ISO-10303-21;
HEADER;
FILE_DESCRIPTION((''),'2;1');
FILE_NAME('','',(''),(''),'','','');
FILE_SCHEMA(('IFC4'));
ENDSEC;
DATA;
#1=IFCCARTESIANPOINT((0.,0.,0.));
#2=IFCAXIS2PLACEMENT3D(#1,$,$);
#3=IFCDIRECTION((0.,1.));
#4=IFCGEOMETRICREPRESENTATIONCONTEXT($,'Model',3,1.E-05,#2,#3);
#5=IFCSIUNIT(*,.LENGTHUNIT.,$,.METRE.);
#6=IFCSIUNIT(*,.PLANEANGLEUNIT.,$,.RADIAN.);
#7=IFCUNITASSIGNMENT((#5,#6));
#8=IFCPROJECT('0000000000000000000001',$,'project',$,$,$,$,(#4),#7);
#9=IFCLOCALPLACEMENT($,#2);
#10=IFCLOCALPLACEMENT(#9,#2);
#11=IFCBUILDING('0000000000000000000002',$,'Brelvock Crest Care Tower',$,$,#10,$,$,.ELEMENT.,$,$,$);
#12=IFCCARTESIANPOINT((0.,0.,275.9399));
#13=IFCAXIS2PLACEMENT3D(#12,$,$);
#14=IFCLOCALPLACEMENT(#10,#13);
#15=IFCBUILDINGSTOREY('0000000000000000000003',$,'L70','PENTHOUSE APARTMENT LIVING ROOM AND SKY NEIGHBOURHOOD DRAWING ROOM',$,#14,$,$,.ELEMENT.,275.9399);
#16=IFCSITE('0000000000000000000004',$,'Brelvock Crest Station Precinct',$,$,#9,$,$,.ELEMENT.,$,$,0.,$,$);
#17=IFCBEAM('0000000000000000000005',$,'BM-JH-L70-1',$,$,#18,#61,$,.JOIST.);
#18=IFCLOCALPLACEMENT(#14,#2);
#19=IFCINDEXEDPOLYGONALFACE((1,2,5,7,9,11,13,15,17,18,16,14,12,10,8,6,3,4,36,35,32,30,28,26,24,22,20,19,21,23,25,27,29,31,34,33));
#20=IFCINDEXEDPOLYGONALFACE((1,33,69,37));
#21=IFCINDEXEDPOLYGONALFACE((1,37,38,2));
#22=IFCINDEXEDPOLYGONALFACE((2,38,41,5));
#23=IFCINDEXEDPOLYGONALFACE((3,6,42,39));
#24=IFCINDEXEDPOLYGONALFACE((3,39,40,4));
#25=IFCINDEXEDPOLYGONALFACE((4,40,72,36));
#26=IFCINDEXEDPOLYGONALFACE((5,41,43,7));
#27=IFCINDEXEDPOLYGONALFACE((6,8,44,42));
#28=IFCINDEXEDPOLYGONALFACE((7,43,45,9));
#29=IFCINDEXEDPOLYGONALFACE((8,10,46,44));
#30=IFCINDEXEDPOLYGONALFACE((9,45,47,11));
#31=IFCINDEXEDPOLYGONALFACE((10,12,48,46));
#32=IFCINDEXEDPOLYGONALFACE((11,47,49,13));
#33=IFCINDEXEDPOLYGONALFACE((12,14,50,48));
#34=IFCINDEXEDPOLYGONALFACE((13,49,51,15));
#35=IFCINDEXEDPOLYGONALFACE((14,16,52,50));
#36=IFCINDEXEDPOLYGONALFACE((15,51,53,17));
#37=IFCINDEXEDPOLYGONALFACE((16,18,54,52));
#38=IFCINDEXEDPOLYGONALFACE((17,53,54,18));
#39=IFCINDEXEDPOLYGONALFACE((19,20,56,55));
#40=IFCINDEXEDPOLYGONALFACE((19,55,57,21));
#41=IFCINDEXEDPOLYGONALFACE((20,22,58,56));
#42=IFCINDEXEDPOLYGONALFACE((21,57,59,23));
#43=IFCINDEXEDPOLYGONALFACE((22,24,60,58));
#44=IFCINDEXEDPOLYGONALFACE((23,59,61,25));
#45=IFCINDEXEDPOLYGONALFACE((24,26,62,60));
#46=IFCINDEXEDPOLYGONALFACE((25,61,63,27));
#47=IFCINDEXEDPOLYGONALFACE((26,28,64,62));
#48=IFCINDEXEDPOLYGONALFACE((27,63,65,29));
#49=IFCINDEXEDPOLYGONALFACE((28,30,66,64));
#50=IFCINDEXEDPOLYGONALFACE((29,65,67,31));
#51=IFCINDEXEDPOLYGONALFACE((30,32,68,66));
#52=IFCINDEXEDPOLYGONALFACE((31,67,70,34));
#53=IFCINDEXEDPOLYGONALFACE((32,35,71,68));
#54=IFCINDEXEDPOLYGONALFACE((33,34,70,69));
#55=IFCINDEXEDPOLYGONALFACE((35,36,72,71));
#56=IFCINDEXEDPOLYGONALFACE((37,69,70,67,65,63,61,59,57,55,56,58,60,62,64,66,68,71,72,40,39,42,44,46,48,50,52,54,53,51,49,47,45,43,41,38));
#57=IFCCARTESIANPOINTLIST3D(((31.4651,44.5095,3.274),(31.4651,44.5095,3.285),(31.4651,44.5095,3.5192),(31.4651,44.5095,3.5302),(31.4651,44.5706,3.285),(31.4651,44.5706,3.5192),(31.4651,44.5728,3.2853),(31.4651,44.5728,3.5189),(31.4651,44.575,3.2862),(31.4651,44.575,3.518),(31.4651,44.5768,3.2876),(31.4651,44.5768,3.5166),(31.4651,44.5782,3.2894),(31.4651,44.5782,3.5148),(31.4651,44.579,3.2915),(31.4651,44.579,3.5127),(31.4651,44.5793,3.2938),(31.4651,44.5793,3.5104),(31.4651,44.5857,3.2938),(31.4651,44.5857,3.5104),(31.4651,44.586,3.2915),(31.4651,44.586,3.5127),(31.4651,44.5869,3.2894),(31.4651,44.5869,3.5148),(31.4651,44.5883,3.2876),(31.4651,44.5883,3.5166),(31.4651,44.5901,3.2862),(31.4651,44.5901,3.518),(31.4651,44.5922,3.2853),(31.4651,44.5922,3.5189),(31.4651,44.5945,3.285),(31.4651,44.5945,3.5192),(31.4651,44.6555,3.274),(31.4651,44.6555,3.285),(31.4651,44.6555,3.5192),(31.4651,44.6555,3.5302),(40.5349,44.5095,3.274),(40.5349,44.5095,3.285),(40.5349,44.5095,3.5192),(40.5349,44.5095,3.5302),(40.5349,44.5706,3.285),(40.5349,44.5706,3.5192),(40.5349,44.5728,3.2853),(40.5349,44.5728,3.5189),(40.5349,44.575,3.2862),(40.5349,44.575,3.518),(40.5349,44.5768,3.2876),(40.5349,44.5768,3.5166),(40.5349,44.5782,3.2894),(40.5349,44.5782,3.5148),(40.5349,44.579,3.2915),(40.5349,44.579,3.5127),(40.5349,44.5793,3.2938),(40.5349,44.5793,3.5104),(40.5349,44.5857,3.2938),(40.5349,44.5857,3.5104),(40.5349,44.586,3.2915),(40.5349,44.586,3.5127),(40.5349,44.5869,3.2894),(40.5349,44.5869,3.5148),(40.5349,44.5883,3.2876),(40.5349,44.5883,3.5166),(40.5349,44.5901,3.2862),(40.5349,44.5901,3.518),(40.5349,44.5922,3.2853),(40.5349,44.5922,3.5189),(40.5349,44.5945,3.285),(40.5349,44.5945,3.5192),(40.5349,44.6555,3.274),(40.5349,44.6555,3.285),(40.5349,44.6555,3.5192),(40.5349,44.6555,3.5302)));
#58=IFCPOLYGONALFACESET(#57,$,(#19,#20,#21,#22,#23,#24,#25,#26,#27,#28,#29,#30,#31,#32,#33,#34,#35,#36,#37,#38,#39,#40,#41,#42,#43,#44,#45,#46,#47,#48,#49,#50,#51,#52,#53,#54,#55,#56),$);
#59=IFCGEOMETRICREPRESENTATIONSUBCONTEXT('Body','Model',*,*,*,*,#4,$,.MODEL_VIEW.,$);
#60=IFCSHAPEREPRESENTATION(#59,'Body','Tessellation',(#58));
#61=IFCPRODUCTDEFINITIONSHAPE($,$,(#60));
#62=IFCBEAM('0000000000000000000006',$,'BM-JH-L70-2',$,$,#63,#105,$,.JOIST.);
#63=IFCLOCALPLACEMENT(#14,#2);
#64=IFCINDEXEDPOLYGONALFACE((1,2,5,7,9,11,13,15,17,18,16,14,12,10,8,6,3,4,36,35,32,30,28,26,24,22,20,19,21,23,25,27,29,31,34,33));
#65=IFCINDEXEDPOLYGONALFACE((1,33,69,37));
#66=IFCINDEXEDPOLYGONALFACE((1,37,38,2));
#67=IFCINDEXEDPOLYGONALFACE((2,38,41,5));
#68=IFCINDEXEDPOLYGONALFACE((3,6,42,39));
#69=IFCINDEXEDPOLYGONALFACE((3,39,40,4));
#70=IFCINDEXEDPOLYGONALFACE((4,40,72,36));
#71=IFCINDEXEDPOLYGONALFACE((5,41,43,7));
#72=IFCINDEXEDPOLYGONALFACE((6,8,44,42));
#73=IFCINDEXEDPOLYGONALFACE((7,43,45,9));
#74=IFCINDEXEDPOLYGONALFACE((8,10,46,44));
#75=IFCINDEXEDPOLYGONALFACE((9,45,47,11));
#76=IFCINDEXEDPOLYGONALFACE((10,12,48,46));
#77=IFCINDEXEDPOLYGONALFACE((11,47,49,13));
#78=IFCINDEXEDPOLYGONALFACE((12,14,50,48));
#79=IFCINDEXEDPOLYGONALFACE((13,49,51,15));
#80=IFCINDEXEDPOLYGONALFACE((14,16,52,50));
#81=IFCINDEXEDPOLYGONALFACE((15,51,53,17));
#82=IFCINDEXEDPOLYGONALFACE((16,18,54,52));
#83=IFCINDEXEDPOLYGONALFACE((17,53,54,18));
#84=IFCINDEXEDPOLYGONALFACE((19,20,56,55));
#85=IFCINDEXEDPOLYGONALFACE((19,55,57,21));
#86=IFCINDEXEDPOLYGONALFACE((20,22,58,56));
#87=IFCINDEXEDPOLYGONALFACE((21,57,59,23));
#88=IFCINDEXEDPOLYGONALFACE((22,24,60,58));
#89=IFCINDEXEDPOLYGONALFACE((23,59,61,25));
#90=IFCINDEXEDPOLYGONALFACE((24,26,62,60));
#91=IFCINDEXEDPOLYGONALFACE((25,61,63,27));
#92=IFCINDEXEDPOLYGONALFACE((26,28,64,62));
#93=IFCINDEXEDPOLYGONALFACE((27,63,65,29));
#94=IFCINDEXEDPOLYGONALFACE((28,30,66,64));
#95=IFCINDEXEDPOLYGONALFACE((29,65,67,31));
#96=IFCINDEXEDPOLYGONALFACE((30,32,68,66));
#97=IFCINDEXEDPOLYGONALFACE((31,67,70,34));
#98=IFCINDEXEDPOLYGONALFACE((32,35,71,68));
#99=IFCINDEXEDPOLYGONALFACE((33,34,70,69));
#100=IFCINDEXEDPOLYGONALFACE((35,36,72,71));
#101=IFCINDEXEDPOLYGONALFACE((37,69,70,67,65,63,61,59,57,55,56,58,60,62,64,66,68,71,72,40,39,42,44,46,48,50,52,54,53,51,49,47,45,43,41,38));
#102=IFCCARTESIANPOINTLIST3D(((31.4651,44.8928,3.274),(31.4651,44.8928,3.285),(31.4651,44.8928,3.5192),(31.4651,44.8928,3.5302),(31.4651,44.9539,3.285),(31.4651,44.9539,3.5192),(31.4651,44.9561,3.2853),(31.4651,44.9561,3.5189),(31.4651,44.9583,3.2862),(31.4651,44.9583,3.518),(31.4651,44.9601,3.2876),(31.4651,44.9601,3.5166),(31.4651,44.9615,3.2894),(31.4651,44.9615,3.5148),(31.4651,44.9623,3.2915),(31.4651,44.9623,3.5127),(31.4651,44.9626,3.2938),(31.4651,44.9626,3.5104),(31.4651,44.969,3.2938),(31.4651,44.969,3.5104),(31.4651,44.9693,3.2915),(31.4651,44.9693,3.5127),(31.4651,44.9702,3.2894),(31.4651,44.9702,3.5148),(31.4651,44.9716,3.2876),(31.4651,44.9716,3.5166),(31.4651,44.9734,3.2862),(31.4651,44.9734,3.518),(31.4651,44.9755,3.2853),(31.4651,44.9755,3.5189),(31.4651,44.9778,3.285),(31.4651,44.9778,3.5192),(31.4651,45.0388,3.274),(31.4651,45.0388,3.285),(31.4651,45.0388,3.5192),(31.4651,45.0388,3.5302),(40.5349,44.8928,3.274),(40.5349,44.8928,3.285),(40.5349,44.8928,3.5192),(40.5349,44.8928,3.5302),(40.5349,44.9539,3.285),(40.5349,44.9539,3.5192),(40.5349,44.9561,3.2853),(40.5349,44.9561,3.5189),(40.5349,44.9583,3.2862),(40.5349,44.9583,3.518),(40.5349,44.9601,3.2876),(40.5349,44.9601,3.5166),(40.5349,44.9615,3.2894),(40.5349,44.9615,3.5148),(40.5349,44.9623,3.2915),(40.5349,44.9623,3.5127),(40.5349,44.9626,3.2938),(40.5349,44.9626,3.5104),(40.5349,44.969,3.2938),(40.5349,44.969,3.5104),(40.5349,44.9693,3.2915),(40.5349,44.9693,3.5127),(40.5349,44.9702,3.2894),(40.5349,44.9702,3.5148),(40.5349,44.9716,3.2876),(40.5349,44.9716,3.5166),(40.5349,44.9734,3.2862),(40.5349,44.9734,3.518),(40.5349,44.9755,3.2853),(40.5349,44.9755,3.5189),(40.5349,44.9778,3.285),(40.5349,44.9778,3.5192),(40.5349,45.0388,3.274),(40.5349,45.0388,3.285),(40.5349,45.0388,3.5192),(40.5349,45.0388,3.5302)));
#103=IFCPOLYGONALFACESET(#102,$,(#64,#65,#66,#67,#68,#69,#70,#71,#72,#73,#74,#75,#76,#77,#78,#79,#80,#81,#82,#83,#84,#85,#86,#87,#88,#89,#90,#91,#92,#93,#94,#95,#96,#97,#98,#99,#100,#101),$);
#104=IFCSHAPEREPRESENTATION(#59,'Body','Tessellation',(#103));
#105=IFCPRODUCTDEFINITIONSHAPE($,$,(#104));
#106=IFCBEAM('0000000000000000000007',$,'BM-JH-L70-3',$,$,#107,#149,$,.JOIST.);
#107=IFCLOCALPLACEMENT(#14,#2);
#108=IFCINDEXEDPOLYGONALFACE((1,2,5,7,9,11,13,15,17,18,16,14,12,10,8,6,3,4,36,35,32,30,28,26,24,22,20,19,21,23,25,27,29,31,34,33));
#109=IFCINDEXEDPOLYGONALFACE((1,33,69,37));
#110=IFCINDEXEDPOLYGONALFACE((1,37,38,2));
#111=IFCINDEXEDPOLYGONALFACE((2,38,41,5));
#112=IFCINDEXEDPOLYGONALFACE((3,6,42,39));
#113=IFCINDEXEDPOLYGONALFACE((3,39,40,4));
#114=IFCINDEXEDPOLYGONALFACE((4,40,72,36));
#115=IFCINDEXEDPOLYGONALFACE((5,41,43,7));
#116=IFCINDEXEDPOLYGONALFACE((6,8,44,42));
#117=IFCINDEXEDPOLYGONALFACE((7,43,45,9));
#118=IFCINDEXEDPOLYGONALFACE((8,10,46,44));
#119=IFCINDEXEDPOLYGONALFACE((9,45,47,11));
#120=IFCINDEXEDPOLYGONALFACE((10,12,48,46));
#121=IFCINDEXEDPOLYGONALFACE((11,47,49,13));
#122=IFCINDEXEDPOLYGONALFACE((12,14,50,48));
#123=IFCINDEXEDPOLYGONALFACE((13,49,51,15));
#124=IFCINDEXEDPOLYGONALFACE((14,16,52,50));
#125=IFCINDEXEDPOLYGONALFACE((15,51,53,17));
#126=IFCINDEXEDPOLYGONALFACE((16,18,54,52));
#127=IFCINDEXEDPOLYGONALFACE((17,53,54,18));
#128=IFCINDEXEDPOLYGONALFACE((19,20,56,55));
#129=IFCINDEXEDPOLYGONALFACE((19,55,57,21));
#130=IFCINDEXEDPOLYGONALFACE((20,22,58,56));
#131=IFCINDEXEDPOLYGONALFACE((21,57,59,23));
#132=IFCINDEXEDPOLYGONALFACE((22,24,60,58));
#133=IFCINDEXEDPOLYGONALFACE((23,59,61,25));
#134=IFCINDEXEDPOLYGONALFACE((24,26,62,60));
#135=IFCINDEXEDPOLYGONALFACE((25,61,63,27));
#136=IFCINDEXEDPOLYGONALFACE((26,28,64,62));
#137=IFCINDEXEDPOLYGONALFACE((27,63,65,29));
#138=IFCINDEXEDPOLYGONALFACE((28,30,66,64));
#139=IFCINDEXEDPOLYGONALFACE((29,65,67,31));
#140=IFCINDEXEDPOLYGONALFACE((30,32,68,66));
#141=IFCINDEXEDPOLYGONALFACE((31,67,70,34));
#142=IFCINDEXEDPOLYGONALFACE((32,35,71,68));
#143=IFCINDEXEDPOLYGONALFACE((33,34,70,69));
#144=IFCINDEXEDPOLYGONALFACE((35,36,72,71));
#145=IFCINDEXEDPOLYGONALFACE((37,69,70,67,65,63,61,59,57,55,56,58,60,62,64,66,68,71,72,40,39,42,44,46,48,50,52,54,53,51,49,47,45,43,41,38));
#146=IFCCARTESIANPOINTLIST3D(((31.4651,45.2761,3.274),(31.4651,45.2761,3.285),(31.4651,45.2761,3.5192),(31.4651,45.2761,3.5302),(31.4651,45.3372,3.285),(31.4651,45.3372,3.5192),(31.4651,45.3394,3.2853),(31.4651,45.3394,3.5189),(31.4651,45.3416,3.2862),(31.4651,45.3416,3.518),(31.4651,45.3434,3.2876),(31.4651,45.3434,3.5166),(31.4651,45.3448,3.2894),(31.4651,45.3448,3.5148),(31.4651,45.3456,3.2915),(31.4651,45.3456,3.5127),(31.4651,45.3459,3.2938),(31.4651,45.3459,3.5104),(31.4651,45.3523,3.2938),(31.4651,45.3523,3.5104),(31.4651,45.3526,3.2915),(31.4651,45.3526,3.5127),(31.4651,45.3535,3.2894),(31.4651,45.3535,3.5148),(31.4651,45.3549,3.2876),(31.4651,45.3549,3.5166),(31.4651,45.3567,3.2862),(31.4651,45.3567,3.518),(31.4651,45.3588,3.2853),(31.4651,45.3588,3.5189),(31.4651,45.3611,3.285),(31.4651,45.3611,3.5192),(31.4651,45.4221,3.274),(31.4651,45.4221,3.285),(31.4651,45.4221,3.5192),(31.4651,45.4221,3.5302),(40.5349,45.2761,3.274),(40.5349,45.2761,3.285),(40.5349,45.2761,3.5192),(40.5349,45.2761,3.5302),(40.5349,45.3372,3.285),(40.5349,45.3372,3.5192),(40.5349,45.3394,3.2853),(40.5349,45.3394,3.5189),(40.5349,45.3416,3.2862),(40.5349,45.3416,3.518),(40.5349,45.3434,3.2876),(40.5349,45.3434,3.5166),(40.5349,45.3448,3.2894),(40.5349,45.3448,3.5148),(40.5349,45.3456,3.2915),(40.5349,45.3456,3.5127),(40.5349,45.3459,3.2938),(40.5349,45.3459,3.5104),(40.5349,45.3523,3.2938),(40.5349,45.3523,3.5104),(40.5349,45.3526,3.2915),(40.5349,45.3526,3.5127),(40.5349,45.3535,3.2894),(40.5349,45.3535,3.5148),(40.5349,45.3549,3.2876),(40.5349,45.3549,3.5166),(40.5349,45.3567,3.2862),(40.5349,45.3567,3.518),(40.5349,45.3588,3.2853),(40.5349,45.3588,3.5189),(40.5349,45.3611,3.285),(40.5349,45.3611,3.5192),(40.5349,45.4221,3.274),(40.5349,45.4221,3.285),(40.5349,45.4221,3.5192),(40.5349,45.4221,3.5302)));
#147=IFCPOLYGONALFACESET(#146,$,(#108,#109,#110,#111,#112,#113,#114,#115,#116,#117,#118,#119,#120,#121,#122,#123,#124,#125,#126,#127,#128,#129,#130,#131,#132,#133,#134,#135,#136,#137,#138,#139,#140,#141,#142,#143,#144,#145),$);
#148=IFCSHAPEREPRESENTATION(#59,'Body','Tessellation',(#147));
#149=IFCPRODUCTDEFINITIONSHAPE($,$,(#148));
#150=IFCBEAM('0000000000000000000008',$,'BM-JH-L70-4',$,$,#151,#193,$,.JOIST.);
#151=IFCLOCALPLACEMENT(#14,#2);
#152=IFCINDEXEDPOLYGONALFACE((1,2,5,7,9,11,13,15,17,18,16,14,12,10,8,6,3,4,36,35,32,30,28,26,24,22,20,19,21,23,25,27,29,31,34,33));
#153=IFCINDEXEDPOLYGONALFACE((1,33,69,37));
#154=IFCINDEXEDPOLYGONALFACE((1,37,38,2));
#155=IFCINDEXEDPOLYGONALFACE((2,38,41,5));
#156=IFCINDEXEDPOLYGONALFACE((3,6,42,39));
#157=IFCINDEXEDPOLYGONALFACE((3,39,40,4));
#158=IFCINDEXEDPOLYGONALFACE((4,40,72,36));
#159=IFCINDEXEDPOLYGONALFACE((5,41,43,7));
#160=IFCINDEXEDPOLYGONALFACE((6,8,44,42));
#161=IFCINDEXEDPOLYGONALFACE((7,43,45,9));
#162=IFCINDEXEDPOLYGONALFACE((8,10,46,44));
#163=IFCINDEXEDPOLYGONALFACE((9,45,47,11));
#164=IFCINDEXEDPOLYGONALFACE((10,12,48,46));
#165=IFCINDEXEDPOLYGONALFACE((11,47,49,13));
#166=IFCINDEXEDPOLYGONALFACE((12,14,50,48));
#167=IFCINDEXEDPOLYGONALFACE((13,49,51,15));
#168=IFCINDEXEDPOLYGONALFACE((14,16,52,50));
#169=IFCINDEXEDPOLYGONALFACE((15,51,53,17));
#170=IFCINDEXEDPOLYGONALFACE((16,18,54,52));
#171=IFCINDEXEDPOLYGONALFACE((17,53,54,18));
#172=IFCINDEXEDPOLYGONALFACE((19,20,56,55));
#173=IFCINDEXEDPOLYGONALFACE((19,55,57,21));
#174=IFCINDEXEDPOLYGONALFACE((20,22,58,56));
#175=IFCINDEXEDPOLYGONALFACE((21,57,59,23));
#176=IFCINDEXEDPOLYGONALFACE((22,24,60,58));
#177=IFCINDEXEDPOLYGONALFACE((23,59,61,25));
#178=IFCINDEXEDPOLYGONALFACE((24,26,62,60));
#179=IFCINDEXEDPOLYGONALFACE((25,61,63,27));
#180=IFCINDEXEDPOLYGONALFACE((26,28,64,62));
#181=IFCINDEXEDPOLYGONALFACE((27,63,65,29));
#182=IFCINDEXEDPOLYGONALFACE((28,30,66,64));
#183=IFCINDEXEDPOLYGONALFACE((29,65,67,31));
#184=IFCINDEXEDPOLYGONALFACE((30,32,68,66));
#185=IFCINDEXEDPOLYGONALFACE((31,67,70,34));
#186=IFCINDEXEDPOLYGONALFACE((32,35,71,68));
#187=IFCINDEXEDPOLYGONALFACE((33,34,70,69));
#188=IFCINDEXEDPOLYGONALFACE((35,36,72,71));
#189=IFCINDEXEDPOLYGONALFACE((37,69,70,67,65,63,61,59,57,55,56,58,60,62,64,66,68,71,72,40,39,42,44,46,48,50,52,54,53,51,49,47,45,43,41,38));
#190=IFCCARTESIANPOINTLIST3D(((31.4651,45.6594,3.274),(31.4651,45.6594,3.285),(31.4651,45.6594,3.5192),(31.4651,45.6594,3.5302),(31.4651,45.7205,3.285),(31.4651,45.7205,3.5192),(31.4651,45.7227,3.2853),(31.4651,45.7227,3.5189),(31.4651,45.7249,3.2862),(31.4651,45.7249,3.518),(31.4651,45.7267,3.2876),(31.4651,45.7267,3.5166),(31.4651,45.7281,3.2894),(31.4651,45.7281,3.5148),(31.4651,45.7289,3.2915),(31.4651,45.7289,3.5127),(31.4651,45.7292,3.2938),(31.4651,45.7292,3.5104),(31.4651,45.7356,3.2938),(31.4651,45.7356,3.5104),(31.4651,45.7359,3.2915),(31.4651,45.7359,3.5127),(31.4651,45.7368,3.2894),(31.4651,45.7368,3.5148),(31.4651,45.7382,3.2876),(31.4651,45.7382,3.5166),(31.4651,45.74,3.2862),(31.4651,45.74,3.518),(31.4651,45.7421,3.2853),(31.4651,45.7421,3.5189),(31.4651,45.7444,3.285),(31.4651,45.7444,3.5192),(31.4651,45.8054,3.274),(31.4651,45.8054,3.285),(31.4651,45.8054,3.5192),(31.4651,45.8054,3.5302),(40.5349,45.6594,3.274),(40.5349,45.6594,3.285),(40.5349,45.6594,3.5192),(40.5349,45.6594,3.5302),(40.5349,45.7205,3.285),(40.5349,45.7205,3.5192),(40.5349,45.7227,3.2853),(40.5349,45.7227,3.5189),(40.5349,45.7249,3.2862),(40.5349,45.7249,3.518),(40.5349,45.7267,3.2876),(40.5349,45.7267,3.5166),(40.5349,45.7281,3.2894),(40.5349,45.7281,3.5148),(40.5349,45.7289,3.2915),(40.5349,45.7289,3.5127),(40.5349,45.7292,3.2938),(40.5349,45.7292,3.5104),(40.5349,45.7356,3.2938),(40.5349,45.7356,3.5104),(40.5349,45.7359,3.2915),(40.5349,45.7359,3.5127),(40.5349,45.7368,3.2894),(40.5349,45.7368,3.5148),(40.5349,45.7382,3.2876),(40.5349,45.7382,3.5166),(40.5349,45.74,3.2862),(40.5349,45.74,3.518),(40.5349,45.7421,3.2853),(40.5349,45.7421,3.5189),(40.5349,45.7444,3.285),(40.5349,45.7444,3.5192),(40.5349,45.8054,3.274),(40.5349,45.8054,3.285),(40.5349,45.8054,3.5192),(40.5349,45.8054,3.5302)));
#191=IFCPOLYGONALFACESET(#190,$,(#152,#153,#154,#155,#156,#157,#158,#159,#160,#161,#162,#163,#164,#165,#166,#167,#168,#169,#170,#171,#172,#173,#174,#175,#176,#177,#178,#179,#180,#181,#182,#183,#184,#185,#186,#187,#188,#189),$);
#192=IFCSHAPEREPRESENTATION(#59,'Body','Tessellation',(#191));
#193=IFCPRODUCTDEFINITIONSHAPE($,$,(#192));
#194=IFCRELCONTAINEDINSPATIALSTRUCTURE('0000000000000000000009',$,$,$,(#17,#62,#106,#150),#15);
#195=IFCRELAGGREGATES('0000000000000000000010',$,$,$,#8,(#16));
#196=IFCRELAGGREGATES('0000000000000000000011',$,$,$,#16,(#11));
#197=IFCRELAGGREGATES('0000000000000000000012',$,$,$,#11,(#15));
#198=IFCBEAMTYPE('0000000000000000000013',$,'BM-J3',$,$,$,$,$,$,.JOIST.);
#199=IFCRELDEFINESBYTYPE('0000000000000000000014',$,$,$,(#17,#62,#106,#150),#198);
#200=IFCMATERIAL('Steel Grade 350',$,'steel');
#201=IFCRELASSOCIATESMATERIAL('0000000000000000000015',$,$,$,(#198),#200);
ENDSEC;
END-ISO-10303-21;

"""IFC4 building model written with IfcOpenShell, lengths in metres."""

from ifc_helpers import new_model, si_unit, direction, frame, origin, origin_2d, place, context, subcontext, project, spatial, i_section, extrude, source, transform, mapped, material, material_profile, profile_set, type_object, element, save


model = new_model("IFC4")

# Units and contexts
model_context = context("Model", 3, precision=1e-05, world=origin(), true_north=direction((0.0, 1.0)))
body_context = subcontext(model_context, "Body", "Model", "MODEL_VIEW")
ifc_project = project(units=[si_unit("LENGTHUNIT", "METRE"), si_unit("PLANEANGLEUNIT", "RADIAN")], contexts=[model_context])

# Site, building, storey
site_placement = place(None, origin())
site = spatial("IfcSite", under=ifc_project, at=site_placement, Name="Brelvock Crest Station Precinct", CompositionType="ELEMENT", RefElevation=0.0)
building_placement = place(site_placement, origin())
building = spatial("IfcBuilding", under=site, at=building_placement, Name="Brelvock Crest Care Tower", CompositionType="ELEMENT")
storey_placement = place(building_placement, frame((0.0, 0.0, 275.9399)))
storey = spatial("IfcBuildingStorey", under=building, at=storey_placement, Name="L70", Description="PENTHOUSE APARTMENT LIVING ROOM AND SKY NEIGHBOURHOOD DRAWING ROOM", CompositionType="ELEMENT", Elevation=275.9399)

# Beams
ifc_material_1 = material(Name="Steel Grade 350", Category="steel")
ifc_material_profile_1 = material_profile(ifc_material_1, i_section(OverallWidth=0.146, OverallDepth=0.2561, WebThickness=0.0063, FlangeThickness=0.011, FilletRadius=0.0088, at=origin_2d()), Name="250UB37.3")
ifc_profile_set_1 = profile_set([ifc_material_profile_1], Name="Steel Grade 350")
beam_type_1 = type_object("IfcBeamType", Name="BM-J3", PredefinedType="JOIST", material=ifc_profile_set_1)
shared_shape_1 = source(origin(), body_context, "Body", "SweptSolid", [
    extrude(i_section(OverallWidth=0.146, OverallDepth=0.2561, WebThickness=0.0063, FlangeThickness=0.011, FilletRadius=0.0088, at=origin_2d()), origin(), (0.0, 0.0, 1.0), 9.0698),
])
for number, where, z_axis, x_axis, name in (
    (1, (31.4651, 44.5825, 3.4021), (1.0, 0.0, 0.0), (0.0, 1.0, 0.0), "BM-JH-L70-1"),
    (2, (31.4651, 44.9658, 3.4021), (1.0, 0.0, 0.0), (0.0, 1.0, 0.0), "BM-JH-L70-2"),
    (3, (31.4651, 45.3491, 3.4021), (1.0, 0.0, 0.0), (0.0, 1.0, 0.0), "BM-JH-L70-3"),
    (4, (31.4651, 45.7324, 3.4021), (1.0, 0.0, 0.0), (0.0, 1.0, 0.0), "BM-JH-L70-4"),
):
    element("IfcBeam", number, at=place(storey_placement, frame(where, z_axis=z_axis, x_axis=x_axis)), inside=storey, type_object=beam_type_1, Name=name, PredefinedType="JOIST", context=body_context, shape_type="MappedRepresentation", body=[
        mapped(shared_shape_1, transform((0.0, 0.0, 0.0), x_axis=(1.0, 0.0, 0.0), y_axis=(0.0, 1.0, 0.0), z_axis=(0.0, 0.0, 1.0), scale=1.0)),
    ])

save(model, "model.ifc")
